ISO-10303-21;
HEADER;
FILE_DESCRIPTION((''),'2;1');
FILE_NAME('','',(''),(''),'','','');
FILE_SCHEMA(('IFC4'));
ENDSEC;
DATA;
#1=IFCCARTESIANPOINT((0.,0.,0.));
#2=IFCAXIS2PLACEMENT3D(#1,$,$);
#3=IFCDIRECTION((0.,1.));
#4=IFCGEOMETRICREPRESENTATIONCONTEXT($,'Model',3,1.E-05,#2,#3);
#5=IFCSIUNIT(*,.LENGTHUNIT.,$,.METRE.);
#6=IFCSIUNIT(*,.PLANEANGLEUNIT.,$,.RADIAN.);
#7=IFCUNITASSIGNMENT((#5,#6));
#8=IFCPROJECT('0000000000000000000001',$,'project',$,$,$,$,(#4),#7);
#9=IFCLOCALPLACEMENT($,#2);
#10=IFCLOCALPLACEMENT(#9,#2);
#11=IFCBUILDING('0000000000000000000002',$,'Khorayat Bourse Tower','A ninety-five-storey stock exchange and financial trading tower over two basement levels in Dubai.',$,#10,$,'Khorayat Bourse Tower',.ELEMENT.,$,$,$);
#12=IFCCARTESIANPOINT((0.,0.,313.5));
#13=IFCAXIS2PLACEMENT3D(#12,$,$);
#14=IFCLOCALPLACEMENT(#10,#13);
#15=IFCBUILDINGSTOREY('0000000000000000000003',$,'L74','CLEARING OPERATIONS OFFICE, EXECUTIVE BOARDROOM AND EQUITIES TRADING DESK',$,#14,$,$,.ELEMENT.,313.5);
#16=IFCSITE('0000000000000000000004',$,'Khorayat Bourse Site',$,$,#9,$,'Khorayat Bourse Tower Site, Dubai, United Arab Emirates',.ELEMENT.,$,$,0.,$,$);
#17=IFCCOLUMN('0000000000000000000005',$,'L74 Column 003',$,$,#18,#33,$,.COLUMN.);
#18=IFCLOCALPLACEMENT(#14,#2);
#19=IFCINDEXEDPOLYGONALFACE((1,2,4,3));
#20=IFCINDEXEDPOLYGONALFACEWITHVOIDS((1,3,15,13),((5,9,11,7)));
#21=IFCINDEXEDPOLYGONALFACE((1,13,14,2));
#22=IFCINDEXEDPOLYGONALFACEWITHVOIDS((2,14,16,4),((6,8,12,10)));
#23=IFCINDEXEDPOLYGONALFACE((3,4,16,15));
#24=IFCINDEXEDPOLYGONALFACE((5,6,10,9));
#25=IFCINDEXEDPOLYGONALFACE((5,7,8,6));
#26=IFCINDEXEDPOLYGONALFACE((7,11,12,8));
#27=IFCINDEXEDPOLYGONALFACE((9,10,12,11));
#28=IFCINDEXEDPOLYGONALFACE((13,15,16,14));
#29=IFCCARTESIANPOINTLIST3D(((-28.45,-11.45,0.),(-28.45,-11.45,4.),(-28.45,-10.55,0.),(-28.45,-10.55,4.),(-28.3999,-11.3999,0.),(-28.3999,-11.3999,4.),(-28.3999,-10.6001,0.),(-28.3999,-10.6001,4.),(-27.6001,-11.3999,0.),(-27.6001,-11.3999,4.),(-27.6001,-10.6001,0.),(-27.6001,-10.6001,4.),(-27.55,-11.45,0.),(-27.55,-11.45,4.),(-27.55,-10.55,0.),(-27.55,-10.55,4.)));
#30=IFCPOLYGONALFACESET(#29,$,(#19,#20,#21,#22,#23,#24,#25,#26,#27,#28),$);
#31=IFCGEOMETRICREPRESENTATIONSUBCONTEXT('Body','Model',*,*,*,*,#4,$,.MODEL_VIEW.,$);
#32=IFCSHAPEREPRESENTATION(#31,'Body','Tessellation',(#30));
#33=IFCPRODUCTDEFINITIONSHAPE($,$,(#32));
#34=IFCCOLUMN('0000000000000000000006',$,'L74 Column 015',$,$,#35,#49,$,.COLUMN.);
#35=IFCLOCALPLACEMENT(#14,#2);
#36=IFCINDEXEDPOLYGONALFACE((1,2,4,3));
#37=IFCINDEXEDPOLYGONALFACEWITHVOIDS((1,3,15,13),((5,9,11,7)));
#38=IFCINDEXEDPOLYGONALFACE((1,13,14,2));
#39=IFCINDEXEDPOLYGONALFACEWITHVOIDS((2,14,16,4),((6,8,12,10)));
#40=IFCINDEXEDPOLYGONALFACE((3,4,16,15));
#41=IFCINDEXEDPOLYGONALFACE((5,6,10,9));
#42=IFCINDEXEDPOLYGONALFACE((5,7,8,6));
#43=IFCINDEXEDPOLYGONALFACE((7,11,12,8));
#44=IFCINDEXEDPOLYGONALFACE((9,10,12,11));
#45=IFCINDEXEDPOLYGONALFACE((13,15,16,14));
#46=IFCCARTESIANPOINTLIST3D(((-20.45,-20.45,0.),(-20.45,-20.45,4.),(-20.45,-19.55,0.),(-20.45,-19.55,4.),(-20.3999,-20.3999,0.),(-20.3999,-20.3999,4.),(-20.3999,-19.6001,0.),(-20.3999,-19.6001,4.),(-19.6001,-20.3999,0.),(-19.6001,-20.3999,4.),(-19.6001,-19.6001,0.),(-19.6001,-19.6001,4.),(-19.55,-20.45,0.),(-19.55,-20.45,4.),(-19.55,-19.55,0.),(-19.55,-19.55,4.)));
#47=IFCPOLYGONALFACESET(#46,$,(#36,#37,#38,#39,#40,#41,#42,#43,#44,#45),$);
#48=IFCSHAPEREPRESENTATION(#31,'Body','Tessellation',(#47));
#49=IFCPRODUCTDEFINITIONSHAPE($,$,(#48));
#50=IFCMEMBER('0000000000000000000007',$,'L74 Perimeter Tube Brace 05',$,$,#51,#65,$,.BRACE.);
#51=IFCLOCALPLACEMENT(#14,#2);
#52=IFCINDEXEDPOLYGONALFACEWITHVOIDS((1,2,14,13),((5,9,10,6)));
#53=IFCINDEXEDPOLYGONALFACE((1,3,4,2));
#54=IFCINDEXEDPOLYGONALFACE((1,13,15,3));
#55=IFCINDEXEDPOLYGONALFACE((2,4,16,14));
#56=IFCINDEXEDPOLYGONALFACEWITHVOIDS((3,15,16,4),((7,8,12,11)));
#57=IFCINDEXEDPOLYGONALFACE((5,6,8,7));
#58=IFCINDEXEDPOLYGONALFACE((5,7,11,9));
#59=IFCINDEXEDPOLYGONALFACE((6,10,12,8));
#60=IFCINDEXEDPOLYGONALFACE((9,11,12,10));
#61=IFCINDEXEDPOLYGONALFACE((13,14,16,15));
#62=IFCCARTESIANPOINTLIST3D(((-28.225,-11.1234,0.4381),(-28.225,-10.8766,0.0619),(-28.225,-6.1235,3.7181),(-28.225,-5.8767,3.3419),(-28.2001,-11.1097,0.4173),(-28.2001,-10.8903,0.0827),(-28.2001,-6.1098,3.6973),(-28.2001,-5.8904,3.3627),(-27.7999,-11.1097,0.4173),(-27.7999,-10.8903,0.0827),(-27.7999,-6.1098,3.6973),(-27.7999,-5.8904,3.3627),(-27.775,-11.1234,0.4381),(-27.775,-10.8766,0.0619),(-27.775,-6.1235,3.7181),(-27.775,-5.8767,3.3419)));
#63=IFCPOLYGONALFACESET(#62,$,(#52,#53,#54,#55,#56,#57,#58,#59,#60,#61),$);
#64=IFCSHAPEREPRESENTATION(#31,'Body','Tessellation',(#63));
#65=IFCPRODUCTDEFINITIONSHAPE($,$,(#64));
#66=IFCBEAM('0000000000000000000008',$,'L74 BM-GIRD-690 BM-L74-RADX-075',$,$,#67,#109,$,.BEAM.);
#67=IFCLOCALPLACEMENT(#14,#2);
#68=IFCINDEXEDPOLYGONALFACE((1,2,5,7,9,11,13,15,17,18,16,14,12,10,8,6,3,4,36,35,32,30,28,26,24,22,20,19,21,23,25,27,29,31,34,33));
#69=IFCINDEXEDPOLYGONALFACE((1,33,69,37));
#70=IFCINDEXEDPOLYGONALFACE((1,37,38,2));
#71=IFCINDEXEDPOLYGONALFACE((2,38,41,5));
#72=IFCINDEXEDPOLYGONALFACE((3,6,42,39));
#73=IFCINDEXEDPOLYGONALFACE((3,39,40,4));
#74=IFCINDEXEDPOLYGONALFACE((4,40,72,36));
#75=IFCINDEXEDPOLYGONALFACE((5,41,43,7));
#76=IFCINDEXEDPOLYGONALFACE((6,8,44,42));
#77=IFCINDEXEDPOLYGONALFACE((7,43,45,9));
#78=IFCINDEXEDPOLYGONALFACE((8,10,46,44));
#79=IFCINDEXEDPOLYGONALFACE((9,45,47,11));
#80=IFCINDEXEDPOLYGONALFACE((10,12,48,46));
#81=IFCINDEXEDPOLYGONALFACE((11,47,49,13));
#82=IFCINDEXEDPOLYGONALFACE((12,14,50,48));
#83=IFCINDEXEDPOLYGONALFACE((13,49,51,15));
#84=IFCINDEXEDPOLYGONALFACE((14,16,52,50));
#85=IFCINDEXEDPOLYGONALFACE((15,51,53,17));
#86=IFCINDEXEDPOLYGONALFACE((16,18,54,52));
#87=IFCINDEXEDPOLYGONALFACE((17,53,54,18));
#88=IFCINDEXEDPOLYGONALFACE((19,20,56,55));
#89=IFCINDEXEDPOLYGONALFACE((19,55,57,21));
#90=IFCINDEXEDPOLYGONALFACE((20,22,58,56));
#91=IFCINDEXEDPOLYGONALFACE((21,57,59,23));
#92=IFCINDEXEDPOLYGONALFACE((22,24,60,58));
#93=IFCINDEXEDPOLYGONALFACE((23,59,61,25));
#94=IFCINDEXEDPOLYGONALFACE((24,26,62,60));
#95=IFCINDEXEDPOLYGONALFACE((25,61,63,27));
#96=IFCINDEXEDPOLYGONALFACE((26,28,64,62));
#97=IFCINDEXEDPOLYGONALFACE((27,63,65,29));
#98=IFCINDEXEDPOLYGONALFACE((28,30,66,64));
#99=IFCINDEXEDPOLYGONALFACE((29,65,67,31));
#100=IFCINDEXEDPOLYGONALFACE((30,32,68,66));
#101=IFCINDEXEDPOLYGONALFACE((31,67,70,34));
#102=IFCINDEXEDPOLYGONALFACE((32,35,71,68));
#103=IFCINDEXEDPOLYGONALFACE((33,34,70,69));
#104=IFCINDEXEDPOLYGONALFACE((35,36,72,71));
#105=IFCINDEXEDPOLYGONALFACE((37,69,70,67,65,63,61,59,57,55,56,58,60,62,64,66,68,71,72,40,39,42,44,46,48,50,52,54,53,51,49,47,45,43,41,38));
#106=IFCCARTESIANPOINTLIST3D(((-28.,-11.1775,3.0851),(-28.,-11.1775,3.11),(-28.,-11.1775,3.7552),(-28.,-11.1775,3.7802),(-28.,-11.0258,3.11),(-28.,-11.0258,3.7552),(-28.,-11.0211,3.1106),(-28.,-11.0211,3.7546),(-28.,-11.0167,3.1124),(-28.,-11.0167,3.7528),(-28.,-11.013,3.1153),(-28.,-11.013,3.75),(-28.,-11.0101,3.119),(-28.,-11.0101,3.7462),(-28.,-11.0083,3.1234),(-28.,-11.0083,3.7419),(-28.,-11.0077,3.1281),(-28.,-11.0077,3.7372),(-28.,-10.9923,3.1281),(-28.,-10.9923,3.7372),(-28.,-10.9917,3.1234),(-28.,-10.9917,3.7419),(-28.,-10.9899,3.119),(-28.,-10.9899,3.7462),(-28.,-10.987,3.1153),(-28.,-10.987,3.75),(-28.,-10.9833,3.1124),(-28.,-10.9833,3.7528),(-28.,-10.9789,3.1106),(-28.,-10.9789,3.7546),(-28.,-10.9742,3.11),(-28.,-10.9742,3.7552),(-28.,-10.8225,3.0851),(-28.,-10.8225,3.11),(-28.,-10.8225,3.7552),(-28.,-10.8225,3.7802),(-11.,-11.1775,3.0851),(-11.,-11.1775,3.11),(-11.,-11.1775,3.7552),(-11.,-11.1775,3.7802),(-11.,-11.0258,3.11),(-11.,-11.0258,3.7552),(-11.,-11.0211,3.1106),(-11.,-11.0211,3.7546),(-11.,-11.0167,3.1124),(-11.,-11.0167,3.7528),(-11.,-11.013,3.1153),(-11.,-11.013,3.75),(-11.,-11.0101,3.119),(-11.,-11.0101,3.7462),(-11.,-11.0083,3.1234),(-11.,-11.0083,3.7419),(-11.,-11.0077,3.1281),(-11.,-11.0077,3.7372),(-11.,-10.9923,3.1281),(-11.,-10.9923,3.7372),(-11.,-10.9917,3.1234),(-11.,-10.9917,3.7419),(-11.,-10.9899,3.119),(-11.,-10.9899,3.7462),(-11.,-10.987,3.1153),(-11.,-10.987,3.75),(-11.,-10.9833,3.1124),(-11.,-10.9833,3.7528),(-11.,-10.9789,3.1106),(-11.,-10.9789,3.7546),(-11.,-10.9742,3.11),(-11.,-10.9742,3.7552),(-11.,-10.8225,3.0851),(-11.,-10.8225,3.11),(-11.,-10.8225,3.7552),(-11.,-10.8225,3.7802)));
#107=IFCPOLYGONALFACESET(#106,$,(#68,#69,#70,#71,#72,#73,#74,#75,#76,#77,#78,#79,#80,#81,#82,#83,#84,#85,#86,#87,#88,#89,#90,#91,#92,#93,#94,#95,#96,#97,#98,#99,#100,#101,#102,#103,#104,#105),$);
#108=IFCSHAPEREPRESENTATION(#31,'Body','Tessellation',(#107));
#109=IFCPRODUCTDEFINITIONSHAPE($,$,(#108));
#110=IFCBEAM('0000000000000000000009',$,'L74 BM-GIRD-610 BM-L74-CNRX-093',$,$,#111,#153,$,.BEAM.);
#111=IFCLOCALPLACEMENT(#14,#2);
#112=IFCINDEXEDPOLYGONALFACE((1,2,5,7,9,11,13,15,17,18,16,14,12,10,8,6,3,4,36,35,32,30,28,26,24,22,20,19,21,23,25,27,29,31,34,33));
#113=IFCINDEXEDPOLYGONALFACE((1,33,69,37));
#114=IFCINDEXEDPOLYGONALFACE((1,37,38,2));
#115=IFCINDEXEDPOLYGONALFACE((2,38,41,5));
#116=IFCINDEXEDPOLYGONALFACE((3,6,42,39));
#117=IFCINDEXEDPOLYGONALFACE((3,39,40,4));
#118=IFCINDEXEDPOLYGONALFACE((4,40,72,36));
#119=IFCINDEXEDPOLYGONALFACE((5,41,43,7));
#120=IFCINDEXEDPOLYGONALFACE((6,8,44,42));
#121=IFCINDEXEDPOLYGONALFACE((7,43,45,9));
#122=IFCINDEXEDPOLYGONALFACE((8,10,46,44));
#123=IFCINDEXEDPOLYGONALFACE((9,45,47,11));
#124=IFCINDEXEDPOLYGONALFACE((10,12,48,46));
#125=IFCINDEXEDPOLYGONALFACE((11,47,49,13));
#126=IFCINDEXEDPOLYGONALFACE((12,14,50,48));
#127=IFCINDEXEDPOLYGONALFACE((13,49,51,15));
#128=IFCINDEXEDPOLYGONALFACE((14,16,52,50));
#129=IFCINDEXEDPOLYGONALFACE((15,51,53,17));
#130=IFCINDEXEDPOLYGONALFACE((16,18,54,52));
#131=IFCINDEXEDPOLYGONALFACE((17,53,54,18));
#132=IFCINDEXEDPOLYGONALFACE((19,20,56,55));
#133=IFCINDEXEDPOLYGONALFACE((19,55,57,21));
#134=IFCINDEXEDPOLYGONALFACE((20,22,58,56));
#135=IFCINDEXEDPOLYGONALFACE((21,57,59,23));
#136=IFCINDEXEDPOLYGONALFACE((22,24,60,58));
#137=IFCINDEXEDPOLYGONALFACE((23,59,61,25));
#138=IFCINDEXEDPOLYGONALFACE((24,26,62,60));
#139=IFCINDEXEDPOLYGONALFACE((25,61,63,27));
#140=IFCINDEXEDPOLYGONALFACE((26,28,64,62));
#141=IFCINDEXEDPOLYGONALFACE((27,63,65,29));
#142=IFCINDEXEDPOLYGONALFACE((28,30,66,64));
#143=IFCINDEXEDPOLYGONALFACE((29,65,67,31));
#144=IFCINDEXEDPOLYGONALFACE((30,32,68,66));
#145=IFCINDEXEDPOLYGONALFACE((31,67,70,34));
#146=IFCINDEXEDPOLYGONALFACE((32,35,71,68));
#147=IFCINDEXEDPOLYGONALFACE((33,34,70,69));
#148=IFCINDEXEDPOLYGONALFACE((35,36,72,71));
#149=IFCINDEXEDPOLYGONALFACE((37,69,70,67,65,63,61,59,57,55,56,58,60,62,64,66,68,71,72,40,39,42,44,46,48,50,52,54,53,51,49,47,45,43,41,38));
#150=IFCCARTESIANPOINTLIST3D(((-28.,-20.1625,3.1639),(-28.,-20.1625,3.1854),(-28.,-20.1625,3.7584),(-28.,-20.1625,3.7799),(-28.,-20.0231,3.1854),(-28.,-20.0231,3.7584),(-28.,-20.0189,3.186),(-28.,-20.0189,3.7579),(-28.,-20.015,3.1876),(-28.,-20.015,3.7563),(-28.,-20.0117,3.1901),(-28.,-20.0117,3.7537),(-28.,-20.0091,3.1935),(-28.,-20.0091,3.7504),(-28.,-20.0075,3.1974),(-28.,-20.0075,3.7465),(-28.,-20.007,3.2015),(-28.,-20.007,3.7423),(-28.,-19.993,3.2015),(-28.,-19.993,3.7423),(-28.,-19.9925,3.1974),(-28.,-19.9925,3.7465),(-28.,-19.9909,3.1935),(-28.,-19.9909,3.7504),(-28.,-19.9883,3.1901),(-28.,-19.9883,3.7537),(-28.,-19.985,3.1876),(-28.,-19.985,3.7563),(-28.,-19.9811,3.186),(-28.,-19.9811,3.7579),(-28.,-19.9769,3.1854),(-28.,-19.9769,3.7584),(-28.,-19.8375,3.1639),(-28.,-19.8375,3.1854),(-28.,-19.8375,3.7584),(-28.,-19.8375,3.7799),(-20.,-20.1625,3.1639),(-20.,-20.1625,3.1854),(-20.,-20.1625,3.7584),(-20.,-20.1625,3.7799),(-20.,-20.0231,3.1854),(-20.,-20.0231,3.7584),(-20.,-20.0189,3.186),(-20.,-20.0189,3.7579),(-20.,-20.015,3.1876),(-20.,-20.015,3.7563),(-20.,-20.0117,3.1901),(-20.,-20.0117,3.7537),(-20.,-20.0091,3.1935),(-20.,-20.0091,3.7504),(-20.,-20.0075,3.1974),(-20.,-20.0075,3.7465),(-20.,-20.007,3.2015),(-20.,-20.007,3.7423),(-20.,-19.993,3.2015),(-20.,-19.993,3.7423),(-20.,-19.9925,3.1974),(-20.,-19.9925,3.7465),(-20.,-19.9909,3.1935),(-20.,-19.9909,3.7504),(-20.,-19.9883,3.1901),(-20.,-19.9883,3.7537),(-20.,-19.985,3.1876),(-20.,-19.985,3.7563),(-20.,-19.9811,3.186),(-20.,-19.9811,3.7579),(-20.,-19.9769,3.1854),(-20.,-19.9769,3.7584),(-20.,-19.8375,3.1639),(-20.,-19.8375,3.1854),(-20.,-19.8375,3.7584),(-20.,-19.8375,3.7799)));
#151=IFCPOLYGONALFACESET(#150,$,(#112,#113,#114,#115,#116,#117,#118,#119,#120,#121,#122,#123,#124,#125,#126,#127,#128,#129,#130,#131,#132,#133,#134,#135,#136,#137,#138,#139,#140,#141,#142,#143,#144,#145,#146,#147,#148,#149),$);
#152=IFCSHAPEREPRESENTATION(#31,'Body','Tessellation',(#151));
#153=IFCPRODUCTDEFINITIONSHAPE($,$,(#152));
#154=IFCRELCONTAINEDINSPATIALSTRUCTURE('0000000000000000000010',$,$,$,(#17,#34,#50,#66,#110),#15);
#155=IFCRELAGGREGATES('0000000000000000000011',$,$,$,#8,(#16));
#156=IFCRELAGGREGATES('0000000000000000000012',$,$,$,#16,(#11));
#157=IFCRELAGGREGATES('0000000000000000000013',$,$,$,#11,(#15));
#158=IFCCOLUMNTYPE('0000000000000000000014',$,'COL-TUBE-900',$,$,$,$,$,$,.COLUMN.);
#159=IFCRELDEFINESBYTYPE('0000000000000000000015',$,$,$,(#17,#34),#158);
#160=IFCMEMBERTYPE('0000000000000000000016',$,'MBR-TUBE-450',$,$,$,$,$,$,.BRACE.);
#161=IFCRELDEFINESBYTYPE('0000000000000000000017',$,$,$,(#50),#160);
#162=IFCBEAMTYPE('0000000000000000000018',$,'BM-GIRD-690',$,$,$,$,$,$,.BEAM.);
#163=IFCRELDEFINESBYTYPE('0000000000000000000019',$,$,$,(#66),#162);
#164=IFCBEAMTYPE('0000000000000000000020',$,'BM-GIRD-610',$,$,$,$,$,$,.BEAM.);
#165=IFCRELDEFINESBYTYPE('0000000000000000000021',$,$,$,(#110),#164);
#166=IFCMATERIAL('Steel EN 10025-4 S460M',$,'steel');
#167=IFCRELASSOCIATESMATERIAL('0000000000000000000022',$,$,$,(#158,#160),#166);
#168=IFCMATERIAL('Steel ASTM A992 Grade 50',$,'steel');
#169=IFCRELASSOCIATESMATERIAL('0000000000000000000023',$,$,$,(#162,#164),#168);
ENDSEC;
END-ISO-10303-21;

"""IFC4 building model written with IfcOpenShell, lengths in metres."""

from ifc_helpers import new_model, si_unit, direction, frame, origin, origin_2d, place, context, subcontext, project, spatial, hollow_rectangle, i_section, extrude, source, transform, mapped, material, material_profile, profile_set, type_object, element, save


model = new_model("IFC4")

# Units and contexts
model_context = context("Model", 3, precision=1e-05, world=origin(), true_north=direction((0.0, 1.0)))
body_context = subcontext(model_context, "Body", "Model", "MODEL_VIEW")
ifc_project = project(units=[si_unit("LENGTHUNIT", "METRE"), si_unit("PLANEANGLEUNIT", "RADIAN")], contexts=[model_context])

# Site, building, storey
site_placement = place(None, origin())
site = spatial("IfcSite", under=ifc_project, at=site_placement, Name="Khorayat Bourse Site", LongName="Khorayat Bourse Tower Site, Dubai, United Arab Emirates", CompositionType="ELEMENT", RefElevation=0.0)
building_placement = place(site_placement, origin())
building = spatial("IfcBuilding", under=site, at=building_placement, Name="Khorayat Bourse Tower", Description="A ninety-five-storey stock exchange and financial trading tower over two basement levels in Dubai.", LongName="Khorayat Bourse Tower", CompositionType="ELEMENT")
storey_placement = place(building_placement, frame((0.0, 0.0, 313.5)))
storey = spatial("IfcBuildingStorey", under=building, at=storey_placement, Name="L74", Description="CLEARING OPERATIONS OFFICE, EXECUTIVE BOARDROOM AND EQUITIES TRADING DESK", CompositionType="ELEMENT", Elevation=313.5)

# Columns
ifc_material_1 = material(Name="Steel EN 10025-4 S460M", Category="steel")
ifc_material_profile_1 = material_profile(ifc_material_1, hollow_rectangle(XDim=0.8999, YDim=0.8999, WallThickness=0.05, at=origin_2d()), Name="BOX 900x900x50")
ifc_profile_set_1 = profile_set([ifc_material_profile_1], Name="Steel EN 10025-4 S460M")
column_type = type_object("IfcColumnType", Name="COL-TUBE-900", PredefinedType="COLUMN", material=ifc_profile_set_1)
shared_shape_1 = source(origin(), body_context, "Body", "SweptSolid", [
    extrude(hollow_rectangle(XDim=0.8999, YDim=0.8999, WallThickness=0.05, at=origin_2d()), origin(), (0.0, 0.0, 1.0), 4.0),
])
for number, where, z_axis, x_axis, name in (
    (1, (-28.0, -11.0, 0.0), (0.0, 0.0, 1.0), (1.0, 0.0, 0.0), "L74 Column 003"),
    (2, (-20.0, -20.0, 0.0), (0.0, 0.0, 1.0), (1.0, 0.0, 0.0), "L74 Column 015"),
):
    element("IfcColumn", number, at=place(storey_placement, frame(where, z_axis=z_axis, x_axis=x_axis)), inside=storey, type_object=column_type, Name=name, PredefinedType="COLUMN", context=body_context, shape_type="MappedRepresentation", body=[
        mapped(shared_shape_1, transform((0.0, 0.0, 0.0), scale=1.0)),
    ])

# Member
ifc_material_profile_2 = material_profile(ifc_material_1, hollow_rectangle(XDim=0.45, YDim=0.45, WallThickness=0.0249, at=origin_2d()), Name="HSS 450x450x25")
ifc_profile_set_2 = profile_set([ifc_material_profile_2], Name="Steel EN 10025-4 S460M")
member_type_1 = type_object("IfcMemberType", Name="MBR-TUBE-450", PredefinedType="BRACE", material=ifc_profile_set_2)
shared_shape_2 = source(origin(), body_context, "Body", "SweptSolid", [
    extrude(hollow_rectangle(XDim=0.45, YDim=0.45, WallThickness=0.0249, at=origin_2d()), origin(), (0.0, 0.0, 1.0), 5.9797),
])
member_1_placement = place(storey_placement, frame((-28.0, -11.0, 0.25), z_axis=(0.0, 0.836142, 0.548514), x_axis=(-1.0, 0.0, 0.0)))
element("IfcMember", 3, at=member_1_placement, inside=storey, type_object=member_type_1, Name="L74 Perimeter Tube Brace 05", PredefinedType="BRACE", context=body_context, shape_type="MappedRepresentation", body=[
    mapped(shared_shape_2, transform((0.0, 0.0, 0.0), scale=1.0)),
])

# Beams
ifc_material_2 = material(Name="Steel ASTM A992 Grade 50", Category="steel")
ifc_material_profile_3 = material_profile(ifc_material_2, i_section(OverallWidth=0.355, OverallDepth=0.6951, WebThickness=0.0154, FlangeThickness=0.0249, FilletRadius=0.0181, at=origin_2d()), Name="W690X217")
ifc_profile_set_3 = profile_set([ifc_material_profile_3], Name="Steel ASTM A992 Grade 50")
beam_type_1 = type_object("IfcBeamType", Name="BM-GIRD-690", PredefinedType="BEAM", material=ifc_profile_set_3)
shared_shape_3 = source(origin(), body_context, "Body", "SweptSolid", [
    extrude(i_section(OverallWidth=0.355, OverallDepth=0.6951, WebThickness=0.0154, FlangeThickness=0.0249, FilletRadius=0.0181, at=origin_2d()), origin(), (0.0, 0.0, 1.0), 17.0),
])
beam_1_placement = place(storey_placement, frame((-28.0, -11.0, 3.4326), z_axis=(1.0, 0.0, 0.0), x_axis=(0.0, 1.0, 0.0)))
element("IfcBeam", 4, at=beam_1_placement, inside=storey, type_object=beam_type_1, Name="L74 BM-GIRD-690 BM-L74-RADX-075", PredefinedType="BEAM", context=body_context, shape_type="MappedRepresentation", body=[
    mapped(shared_shape_3, transform((0.0, 0.0, 0.0), scale=1.0)),
])
ifc_material_profile_4 = material_profile(ifc_material_2, i_section(OverallWidth=0.325, OverallDepth=0.616, WebThickness=0.0139, FlangeThickness=0.0215, FilletRadius=0.0161, at=origin_2d()), Name="W610X174")
ifc_profile_set_4 = profile_set([ifc_material_profile_4], Name="Steel ASTM A992 Grade 50")
beam_type_2 = type_object("IfcBeamType", Name="BM-GIRD-610", PredefinedType="BEAM", material=ifc_profile_set_4)
shared_shape_4 = source(origin(), body_context, "Body", "SweptSolid", [
    extrude(i_section(OverallWidth=0.325, OverallDepth=0.616, WebThickness=0.0139, FlangeThickness=0.0215, FilletRadius=0.0161, at=origin_2d()), origin(), (0.0, 0.0, 1.0), 8.0),
])
beam_2_placement = place(storey_placement, frame((-28.0, -20.0, 3.4719), z_axis=(1.0, 0.0, 0.0), x_axis=(0.0, 1.0, 0.0)))
element("IfcBeam", 5, at=beam_2_placement, inside=storey, type_object=beam_type_2, Name="L74 BM-GIRD-610 BM-L74-CNRX-093", PredefinedType="BEAM", context=body_context, shape_type="MappedRepresentation", body=[
    mapped(shared_shape_4, transform((0.0, 0.0, 0.0), scale=1.0)),
])

save(model, "model.ifc")
